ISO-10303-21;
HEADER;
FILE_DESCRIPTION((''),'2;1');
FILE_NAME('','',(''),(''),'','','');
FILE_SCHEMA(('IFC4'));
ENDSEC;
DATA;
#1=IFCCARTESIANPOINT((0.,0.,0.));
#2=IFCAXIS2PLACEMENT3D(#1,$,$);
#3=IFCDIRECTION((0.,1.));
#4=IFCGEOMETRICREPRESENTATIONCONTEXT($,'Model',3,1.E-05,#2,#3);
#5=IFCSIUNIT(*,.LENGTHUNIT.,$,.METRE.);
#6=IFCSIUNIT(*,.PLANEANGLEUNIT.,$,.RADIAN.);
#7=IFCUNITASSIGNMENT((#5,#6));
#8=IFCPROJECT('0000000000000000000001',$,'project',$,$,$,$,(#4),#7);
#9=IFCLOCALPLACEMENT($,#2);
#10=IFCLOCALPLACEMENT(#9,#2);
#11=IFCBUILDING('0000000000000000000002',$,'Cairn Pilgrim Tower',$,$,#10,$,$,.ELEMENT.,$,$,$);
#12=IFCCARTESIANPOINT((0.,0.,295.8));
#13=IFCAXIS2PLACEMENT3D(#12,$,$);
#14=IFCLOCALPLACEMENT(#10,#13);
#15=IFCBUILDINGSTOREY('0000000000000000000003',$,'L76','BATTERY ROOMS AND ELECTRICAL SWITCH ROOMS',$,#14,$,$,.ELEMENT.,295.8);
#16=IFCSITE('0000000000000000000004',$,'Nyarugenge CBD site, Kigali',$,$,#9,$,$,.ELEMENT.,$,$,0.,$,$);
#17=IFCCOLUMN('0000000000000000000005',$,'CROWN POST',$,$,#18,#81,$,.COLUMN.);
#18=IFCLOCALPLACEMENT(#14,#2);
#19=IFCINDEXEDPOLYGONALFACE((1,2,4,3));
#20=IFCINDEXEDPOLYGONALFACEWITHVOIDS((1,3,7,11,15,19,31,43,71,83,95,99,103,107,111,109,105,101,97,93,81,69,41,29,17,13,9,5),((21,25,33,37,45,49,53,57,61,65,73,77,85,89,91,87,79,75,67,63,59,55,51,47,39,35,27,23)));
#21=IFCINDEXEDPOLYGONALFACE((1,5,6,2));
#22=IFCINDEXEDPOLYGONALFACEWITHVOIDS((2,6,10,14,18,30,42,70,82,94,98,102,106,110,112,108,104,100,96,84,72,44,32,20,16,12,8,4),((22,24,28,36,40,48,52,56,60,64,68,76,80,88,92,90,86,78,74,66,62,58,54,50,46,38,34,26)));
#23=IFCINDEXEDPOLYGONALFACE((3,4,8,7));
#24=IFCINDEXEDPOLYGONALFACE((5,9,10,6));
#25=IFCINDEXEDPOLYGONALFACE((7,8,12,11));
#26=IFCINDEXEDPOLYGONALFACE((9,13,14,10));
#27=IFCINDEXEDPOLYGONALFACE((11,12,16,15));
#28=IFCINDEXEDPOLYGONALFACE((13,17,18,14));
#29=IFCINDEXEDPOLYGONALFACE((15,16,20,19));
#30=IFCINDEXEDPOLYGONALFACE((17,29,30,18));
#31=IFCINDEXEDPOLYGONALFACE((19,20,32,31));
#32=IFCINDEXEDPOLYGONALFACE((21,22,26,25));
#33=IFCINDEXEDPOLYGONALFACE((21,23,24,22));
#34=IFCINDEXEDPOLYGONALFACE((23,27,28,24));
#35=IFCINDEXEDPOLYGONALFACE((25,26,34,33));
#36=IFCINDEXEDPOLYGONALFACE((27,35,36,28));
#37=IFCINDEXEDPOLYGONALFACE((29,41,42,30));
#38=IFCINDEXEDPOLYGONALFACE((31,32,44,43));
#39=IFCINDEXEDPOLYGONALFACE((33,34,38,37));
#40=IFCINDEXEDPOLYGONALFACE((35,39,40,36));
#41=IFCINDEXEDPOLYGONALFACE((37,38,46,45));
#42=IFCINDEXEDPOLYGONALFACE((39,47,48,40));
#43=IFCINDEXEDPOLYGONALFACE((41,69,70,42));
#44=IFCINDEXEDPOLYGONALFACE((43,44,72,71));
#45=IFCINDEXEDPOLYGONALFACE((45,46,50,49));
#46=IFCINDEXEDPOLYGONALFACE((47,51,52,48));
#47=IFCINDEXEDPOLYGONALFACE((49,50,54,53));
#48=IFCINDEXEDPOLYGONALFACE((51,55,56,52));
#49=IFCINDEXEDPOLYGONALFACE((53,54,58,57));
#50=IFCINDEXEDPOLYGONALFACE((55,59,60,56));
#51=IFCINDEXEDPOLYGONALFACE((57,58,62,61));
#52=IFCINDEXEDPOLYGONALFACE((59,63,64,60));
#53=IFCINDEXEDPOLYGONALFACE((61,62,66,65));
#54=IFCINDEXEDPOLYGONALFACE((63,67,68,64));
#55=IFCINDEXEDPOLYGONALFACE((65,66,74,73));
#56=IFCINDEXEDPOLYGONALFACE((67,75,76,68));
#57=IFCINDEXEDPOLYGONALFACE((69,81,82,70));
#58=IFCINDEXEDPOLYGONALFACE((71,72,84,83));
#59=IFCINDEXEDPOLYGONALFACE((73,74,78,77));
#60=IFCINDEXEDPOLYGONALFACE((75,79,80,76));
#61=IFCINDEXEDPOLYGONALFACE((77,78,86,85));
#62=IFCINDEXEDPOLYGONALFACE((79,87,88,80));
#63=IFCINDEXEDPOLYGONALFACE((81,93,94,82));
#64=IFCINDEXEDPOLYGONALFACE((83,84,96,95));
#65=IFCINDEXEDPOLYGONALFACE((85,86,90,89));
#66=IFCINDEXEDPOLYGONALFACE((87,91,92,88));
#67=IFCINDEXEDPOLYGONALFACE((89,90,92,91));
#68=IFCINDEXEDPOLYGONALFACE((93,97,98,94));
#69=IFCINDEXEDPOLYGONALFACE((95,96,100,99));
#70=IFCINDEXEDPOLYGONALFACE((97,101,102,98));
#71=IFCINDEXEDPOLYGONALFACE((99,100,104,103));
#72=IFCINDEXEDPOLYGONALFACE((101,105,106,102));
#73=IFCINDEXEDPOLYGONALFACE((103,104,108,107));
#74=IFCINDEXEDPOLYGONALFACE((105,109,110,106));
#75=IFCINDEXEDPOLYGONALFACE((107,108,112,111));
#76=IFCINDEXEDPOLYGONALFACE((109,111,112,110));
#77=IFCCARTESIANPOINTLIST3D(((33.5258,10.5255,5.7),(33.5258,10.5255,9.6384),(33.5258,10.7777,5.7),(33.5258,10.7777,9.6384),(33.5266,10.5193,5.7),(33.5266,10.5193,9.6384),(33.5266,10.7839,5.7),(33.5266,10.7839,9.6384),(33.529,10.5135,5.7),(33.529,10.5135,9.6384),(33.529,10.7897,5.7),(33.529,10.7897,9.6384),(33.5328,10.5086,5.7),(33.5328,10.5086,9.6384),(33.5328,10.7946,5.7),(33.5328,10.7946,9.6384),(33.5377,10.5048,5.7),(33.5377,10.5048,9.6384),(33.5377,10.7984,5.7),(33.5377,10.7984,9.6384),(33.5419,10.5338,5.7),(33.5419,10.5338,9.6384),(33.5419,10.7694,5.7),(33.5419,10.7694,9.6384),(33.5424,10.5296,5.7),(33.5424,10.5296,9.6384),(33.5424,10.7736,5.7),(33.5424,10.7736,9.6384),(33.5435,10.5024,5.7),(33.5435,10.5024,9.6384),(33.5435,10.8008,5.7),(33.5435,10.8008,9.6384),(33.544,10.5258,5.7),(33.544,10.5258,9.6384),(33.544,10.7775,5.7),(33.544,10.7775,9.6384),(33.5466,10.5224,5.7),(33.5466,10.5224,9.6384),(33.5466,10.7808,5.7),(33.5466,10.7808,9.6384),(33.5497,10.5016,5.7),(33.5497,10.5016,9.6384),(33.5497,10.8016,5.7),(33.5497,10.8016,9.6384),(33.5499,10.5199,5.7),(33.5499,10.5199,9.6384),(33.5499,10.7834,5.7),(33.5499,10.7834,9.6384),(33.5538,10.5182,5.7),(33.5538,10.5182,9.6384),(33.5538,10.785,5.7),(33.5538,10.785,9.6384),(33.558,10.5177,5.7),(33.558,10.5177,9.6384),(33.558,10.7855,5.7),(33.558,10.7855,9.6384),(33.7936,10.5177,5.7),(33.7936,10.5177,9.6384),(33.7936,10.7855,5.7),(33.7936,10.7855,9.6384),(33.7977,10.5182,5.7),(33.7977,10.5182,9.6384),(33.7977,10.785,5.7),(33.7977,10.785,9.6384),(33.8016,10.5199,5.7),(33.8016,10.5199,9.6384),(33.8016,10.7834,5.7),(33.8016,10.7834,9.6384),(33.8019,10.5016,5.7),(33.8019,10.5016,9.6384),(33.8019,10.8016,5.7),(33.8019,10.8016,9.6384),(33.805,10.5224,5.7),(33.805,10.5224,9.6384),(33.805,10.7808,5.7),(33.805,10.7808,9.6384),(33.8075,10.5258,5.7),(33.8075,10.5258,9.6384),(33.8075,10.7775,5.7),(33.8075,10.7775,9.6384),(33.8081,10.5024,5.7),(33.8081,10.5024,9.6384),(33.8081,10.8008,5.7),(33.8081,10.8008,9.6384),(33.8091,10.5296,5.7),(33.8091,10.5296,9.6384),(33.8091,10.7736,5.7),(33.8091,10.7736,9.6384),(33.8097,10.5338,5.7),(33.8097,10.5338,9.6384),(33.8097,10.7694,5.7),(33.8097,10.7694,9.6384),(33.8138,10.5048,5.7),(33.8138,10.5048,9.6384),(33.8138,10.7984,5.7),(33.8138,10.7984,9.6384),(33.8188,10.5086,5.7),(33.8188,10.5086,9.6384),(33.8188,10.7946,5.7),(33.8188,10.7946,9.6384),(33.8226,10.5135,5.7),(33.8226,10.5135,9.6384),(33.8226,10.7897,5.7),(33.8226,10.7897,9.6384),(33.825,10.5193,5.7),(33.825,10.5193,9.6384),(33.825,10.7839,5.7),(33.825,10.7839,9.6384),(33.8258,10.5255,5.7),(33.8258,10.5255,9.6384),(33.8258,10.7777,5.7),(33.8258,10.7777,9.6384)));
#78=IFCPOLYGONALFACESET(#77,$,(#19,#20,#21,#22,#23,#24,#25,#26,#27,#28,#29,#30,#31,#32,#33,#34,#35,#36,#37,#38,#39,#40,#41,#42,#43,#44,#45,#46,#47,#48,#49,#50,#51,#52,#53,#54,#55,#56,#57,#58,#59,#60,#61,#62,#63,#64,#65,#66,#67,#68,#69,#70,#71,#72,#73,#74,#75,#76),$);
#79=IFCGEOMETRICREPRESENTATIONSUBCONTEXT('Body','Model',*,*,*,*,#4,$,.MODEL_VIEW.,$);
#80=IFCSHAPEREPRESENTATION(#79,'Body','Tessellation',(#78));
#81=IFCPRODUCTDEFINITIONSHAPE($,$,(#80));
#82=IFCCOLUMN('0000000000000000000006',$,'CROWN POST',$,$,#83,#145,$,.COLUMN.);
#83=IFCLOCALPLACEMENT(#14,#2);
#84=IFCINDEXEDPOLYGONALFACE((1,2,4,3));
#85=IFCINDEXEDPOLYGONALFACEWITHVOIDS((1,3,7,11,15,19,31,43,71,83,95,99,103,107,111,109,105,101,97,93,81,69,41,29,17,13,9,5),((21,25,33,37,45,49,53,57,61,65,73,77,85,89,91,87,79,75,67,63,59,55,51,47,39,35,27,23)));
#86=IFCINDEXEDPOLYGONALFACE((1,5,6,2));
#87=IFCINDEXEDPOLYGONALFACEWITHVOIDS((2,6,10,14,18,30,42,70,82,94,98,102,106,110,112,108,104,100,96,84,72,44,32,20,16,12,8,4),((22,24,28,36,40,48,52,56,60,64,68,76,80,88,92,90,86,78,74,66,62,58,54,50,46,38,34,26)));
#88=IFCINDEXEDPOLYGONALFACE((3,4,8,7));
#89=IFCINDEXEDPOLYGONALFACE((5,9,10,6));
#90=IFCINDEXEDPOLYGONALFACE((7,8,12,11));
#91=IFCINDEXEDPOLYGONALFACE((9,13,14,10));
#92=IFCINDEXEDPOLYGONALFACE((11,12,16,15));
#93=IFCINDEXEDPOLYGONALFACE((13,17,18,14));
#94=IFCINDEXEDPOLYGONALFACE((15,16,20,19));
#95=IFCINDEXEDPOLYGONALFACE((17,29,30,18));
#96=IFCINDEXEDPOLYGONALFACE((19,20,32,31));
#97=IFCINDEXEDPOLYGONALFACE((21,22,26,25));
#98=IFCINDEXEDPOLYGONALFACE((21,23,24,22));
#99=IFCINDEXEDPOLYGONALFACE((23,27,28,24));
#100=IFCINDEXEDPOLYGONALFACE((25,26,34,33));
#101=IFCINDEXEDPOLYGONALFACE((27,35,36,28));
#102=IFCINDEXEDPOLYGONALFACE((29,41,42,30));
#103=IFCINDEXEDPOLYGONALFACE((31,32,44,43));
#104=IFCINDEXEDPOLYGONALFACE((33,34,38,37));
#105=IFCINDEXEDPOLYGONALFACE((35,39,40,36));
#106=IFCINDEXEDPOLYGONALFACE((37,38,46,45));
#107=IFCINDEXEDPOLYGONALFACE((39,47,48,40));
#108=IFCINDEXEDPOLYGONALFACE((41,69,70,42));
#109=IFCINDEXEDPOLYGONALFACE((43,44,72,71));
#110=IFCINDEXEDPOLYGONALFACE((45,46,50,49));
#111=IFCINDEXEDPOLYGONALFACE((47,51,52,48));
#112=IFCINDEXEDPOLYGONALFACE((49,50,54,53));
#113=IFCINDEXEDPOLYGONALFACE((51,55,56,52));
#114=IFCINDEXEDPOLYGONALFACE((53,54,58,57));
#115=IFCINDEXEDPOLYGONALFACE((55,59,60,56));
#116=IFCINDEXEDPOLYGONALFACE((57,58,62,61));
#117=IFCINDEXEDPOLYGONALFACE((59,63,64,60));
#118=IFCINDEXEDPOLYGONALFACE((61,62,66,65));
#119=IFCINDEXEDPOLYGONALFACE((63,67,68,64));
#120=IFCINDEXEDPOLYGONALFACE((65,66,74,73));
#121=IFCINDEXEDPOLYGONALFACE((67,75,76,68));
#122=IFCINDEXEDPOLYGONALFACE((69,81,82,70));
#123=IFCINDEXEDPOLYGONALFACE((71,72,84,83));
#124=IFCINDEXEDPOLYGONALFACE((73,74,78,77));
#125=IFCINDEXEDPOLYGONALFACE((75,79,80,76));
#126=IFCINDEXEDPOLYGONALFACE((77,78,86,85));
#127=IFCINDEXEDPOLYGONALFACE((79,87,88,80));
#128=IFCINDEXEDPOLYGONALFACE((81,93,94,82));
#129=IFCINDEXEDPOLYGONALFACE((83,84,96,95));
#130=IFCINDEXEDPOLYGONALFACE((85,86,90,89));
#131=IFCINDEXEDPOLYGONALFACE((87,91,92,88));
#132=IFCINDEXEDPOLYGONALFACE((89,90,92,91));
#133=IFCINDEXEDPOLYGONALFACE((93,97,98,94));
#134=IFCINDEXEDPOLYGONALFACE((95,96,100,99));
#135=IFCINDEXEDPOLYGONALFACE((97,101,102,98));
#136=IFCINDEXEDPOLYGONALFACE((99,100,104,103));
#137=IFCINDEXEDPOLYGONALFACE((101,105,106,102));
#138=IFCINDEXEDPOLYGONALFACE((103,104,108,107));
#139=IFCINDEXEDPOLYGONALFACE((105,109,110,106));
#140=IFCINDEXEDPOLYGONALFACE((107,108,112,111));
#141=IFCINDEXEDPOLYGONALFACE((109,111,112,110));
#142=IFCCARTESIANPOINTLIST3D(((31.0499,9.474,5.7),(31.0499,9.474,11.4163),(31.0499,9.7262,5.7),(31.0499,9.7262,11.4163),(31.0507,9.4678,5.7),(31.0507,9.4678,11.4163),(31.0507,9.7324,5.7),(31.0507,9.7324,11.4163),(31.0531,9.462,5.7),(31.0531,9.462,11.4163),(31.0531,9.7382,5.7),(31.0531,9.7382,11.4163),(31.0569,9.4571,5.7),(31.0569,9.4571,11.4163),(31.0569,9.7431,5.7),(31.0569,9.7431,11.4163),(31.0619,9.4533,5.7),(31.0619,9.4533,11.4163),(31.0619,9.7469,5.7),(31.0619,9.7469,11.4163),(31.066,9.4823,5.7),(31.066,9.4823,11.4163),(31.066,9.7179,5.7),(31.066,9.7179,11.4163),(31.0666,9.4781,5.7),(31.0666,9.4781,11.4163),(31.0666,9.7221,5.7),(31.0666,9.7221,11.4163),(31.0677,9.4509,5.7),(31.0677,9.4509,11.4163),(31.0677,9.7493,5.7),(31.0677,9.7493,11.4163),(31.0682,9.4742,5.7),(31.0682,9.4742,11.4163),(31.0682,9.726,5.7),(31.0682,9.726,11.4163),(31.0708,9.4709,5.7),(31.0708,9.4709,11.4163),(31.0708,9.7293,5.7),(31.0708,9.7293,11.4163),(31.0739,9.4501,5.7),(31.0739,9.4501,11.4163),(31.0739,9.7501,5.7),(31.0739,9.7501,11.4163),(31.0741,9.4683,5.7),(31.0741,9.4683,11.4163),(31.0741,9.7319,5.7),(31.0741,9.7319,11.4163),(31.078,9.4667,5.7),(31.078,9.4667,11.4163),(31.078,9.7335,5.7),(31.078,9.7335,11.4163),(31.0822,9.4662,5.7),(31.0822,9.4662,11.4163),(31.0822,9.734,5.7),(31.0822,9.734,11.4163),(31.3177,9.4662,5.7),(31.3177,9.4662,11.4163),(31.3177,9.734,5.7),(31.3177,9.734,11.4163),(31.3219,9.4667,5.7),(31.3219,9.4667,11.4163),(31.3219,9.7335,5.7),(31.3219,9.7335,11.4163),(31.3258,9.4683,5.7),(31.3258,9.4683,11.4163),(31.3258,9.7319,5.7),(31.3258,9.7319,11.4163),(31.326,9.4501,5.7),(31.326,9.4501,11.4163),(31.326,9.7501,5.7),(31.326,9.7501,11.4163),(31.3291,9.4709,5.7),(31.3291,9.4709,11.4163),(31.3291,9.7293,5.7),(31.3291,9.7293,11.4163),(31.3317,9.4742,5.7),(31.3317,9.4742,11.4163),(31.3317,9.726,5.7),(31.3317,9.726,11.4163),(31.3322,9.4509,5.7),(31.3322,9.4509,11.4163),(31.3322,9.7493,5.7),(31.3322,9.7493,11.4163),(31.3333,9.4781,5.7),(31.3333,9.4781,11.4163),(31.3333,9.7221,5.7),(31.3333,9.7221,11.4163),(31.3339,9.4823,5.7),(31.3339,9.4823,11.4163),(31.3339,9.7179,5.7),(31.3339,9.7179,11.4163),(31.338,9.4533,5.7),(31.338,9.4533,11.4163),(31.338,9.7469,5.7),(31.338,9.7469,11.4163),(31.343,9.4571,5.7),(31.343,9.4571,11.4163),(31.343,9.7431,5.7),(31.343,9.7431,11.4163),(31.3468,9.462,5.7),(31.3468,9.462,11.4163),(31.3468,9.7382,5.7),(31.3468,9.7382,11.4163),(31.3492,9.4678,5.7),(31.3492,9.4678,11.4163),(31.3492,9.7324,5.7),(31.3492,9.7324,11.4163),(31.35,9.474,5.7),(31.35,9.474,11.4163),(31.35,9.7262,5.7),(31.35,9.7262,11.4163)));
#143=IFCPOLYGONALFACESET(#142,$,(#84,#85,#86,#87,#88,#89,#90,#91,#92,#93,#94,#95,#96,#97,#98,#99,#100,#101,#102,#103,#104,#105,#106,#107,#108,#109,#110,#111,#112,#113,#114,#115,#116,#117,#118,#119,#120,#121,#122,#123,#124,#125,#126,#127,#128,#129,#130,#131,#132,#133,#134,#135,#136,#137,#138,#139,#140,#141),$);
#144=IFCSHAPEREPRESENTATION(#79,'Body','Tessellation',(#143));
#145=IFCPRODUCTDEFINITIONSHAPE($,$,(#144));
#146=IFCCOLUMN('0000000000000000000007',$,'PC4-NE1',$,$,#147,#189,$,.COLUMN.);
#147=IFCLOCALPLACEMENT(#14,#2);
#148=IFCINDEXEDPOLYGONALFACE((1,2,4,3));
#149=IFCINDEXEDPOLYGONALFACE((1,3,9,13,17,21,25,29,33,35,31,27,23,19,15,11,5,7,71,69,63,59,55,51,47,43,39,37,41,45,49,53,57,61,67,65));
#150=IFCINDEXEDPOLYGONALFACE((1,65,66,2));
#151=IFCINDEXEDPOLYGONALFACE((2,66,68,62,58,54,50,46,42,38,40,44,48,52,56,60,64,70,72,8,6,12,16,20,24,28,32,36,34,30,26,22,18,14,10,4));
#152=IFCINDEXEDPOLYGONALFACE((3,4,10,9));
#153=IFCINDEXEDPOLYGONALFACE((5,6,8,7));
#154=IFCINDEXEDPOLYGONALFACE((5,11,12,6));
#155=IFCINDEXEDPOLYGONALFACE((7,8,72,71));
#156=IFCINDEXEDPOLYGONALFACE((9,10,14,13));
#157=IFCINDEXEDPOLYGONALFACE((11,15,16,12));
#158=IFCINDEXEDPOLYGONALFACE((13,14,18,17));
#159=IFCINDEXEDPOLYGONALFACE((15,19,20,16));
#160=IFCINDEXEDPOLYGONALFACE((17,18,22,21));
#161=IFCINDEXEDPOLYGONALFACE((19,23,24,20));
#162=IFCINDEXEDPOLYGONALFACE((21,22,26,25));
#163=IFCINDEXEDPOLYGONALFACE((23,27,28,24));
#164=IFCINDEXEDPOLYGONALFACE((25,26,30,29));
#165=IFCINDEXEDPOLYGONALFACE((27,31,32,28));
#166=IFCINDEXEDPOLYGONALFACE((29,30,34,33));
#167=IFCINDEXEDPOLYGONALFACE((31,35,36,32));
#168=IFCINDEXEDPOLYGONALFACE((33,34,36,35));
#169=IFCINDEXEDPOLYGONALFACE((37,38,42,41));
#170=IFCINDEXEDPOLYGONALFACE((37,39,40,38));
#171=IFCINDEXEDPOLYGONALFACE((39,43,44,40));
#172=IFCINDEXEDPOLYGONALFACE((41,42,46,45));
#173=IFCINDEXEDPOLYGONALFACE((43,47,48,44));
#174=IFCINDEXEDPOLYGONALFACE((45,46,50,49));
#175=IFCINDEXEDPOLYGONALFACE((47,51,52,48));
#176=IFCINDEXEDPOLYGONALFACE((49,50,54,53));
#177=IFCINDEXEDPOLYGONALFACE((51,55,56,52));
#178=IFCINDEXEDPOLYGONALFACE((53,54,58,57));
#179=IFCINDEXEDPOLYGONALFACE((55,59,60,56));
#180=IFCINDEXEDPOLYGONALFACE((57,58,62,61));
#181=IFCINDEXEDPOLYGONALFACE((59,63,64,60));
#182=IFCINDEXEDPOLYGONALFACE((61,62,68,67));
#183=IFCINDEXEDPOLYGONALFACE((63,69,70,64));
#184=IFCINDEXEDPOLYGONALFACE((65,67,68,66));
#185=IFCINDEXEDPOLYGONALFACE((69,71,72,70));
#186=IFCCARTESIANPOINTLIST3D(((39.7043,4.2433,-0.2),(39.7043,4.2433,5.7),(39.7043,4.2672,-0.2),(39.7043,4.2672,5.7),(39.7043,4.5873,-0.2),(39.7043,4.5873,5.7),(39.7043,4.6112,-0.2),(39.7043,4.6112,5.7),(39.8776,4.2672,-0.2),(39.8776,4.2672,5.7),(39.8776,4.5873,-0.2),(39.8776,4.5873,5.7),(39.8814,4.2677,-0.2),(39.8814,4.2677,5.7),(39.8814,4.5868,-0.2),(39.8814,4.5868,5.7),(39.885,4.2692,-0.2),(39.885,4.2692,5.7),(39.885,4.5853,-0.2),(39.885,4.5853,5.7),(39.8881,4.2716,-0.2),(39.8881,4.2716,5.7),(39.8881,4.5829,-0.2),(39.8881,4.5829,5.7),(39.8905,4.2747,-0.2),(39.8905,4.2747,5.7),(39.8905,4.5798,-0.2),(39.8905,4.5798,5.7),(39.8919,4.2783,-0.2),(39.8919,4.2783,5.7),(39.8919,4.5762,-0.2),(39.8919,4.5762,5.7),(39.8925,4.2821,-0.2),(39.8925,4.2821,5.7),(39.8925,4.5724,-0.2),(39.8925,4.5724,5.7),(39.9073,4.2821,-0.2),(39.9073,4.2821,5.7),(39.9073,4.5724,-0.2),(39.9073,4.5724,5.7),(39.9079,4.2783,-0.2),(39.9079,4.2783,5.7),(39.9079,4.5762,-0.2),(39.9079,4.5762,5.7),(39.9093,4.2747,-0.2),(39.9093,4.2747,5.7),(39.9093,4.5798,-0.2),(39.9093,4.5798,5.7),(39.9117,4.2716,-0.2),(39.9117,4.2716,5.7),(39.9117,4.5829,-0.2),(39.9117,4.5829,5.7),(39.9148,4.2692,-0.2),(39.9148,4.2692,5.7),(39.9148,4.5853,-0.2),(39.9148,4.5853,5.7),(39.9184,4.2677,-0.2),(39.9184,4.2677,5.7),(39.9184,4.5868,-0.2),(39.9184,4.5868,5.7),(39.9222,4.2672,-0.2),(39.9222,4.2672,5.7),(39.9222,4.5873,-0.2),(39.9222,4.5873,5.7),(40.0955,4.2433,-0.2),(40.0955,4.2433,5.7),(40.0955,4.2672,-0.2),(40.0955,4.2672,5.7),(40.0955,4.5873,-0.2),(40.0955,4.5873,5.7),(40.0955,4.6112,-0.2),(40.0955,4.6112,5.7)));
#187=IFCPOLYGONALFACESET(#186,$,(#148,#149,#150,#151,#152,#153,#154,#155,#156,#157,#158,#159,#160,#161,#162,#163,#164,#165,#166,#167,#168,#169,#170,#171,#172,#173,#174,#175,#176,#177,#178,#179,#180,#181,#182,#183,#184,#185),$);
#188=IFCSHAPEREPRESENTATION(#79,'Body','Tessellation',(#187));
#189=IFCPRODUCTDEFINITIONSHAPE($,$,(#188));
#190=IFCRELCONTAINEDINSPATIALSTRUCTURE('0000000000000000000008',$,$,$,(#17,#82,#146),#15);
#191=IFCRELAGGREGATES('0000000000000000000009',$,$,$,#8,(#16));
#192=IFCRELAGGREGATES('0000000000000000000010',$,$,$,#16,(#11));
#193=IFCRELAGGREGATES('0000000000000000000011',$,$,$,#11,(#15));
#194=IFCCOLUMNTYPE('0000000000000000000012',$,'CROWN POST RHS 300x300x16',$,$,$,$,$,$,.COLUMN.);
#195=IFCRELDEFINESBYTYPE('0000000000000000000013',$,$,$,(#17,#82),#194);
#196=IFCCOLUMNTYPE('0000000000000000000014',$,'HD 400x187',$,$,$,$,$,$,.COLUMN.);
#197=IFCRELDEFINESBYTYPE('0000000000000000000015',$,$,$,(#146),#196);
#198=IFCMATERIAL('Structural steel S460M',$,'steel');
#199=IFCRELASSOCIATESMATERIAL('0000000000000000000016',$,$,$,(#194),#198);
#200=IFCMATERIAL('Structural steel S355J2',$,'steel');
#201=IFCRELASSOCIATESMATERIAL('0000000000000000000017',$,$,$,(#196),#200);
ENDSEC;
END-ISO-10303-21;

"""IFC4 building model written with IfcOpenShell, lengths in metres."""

from ifc_helpers import new_model, si_unit, direction, frame, origin, origin_2d, place, context, subcontext, project, spatial, hollow_rectangle, i_section, extrude, material, material_profile, profile_set, type_object, element, save


model = new_model("IFC4")

# Units and contexts
model_context = context("Model", 3, precision=1e-05, world=origin(), true_north=direction((0.0, 1.0)))
body_context = subcontext(model_context, "Body", "Model", "MODEL_VIEW")
ifc_project = project(units=[si_unit("LENGTHUNIT", "METRE"), si_unit("PLANEANGLEUNIT", "RADIAN")], contexts=[model_context])

# Site, building, storey
site_placement = place(None, origin())
site = spatial("IfcSite", under=ifc_project, at=site_placement, Name="Nyarugenge CBD site, Kigali", CompositionType="ELEMENT", RefElevation=0.0)
building_placement = place(site_placement, origin())
building = spatial("IfcBuilding", under=site, at=building_placement, Name="Cairn Pilgrim Tower", CompositionType="ELEMENT")
storey_placement = place(building_placement, frame((0.0, 0.0, 295.8)))
storey = spatial("IfcBuildingStorey", under=building, at=storey_placement, Name="L76", Description="BATTERY ROOMS AND ELECTRICAL SWITCH ROOMS", CompositionType="ELEMENT", Elevation=295.8)

# Columns
ifc_material_1 = material(Name="Structural steel S460M", Category="steel")
ifc_material_profile_1 = material_profile(ifc_material_1, hollow_rectangle(XDim=0.3, YDim=0.3, WallThickness=0.0161, InnerFilletRadius=0.0161, OuterFilletRadius=0.0239, at=origin_2d()), Name="SHS 300x300x16")
ifc_profile_set_1 = profile_set([ifc_material_profile_1], Name="Structural steel S460M")
column_type_1 = type_object("IfcColumnType", Name="CROWN POST RHS 300x300x16", PredefinedType="COLUMN", material=ifc_profile_set_1)
column_1_placement = place(storey_placement, frame((33.6758, 10.6516, 5.7), z_axis=(0.0, 0.0, 1.0), x_axis=(1.0, 0.0, 0.0)))
element("IfcColumn", 1, at=column_1_placement, inside=storey, type_object=column_type_1, Name="CROWN POST", PredefinedType="COLUMN", context=body_context, shape_type="SweptSolid", body=[
    extrude(hollow_rectangle(XDim=0.3, YDim=0.3, WallThickness=0.0161, InnerFilletRadius=0.0161, OuterFilletRadius=0.0239, at=origin_2d()), origin(), (0.0, 0.0, 1.0), 3.9385),
])
column_2_placement = place(storey_placement, frame((31.2, 9.6001, 5.7), z_axis=(0.0, 0.0, 1.0), x_axis=(1.0, 0.0, 0.0)))
element("IfcColumn", 2, at=column_2_placement, inside=storey, type_object=column_type_1, Name="CROWN POST", PredefinedType="COLUMN", context=body_context, shape_type="SweptSolid", body=[
    extrude(hollow_rectangle(XDim=0.3, YDim=0.3, WallThickness=0.0161, InnerFilletRadius=0.0161, OuterFilletRadius=0.0239, at=origin_2d()), origin(), (0.0, 0.0, 1.0), 5.7163),
])
ifc_material_2 = material(Name="Structural steel S355J2", Category="steel")
ifc_material_profile_2 = material_profile(ifc_material_2, i_section(OverallWidth=0.3911, OverallDepth=0.3679, WebThickness=0.0149, FlangeThickness=0.0239, FilletRadius=0.0149, at=origin_2d()), Name="HD 400x187")
ifc_profile_set_2 = profile_set([ifc_material_profile_2], Name="Structural steel S355J2")
column_type_2 = type_object("IfcColumnType", Name="HD 400x187", PredefinedType="COLUMN", material=ifc_profile_set_2)
for number, where, z_axis, x_axis, name in (
    (3, (39.8999, 4.4272, -0.2), (0.0, 0.0, 1.0), (1.0, 0.0, 0.0), "PC4-NE1"),
):
    element("IfcColumn", number, at=place(storey_placement, frame(where, z_axis=z_axis, x_axis=x_axis)), inside=storey, type_object=column_type_2, Name=name, PredefinedType="COLUMN", context=body_context, shape_type="SweptSolid", body=[
        extrude(i_section(OverallWidth=0.3911, OverallDepth=0.3679, WebThickness=0.0149, FlangeThickness=0.0239, FilletRadius=0.0149, at=origin_2d()), origin(), (0.0, 0.0, 1.0), 5.8999),
    ])

save(model, "model.ifc")
